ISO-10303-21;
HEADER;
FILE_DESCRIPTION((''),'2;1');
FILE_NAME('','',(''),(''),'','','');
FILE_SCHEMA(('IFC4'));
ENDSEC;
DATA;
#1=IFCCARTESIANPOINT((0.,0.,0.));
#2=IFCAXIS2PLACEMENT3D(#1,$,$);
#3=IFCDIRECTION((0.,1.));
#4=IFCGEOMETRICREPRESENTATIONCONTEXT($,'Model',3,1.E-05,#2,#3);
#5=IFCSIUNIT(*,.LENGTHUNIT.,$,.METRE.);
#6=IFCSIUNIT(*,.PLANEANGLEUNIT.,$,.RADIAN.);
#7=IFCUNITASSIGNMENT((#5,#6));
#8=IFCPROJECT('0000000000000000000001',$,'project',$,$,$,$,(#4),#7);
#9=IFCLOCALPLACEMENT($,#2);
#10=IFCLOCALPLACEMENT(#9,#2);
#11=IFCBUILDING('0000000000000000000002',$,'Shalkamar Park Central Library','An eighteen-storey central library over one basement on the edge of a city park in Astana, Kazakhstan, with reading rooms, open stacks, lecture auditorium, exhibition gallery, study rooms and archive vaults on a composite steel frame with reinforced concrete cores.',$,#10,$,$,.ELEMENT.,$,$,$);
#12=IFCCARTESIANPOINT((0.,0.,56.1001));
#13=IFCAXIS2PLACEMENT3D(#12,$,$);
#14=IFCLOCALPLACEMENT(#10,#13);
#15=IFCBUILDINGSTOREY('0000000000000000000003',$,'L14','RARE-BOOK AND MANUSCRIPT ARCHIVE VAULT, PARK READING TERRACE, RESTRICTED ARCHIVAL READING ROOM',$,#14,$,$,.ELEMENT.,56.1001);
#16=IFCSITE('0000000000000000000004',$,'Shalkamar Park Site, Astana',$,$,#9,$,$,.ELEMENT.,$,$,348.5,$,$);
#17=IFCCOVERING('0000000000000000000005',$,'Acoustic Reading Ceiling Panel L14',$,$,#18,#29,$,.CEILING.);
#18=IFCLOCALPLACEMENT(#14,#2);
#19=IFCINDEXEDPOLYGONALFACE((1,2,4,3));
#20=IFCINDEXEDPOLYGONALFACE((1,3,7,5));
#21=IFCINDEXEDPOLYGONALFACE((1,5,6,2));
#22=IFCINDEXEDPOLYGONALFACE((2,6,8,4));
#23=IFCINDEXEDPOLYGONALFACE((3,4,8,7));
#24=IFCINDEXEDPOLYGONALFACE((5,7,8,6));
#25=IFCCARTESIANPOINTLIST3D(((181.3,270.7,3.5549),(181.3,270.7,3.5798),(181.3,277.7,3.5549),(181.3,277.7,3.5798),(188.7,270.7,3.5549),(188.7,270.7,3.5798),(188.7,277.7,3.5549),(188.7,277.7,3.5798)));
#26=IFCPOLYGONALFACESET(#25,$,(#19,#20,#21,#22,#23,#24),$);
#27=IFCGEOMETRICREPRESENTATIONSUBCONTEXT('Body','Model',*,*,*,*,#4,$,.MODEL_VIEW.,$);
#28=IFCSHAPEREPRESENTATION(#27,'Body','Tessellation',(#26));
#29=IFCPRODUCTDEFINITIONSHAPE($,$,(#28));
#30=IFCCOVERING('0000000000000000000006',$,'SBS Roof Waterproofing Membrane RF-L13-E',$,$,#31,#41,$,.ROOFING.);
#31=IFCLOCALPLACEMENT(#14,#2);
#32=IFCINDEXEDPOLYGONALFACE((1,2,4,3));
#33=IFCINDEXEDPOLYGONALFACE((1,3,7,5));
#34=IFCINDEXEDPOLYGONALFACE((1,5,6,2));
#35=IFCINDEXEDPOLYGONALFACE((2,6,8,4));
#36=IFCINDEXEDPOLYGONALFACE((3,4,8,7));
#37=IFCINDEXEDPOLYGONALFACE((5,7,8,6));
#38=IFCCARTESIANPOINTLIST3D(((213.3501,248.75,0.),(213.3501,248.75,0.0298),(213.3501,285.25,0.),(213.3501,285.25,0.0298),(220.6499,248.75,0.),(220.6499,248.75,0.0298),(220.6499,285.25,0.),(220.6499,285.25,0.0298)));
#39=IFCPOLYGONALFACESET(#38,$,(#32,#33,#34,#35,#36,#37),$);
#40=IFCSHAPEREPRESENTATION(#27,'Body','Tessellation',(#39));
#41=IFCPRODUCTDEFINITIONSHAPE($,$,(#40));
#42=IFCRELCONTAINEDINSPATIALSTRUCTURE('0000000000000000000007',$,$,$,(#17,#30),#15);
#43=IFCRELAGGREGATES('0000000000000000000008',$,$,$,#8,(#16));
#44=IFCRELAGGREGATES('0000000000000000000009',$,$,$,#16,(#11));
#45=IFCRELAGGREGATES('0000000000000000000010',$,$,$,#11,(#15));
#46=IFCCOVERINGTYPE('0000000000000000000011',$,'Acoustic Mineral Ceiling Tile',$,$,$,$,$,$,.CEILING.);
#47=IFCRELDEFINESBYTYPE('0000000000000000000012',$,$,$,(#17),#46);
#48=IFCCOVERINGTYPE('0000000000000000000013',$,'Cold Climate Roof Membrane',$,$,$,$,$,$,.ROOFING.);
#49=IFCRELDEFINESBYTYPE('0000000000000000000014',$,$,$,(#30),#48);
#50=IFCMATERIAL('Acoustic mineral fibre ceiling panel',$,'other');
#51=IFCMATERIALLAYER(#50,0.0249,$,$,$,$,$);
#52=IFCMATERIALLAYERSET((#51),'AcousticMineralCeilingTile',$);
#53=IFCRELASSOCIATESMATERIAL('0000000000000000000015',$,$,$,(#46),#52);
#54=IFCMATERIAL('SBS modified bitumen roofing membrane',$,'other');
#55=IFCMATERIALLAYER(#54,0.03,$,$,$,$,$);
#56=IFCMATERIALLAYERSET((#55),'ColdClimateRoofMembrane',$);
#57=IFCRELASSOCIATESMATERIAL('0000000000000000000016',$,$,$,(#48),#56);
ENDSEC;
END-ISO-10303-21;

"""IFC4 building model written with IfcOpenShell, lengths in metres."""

from ifc_helpers import new_model, si_unit, direction, frame, origin, place, context, subcontext, project, spatial, polyline, outline, extrude, material, layer, layer_set, type_object, element, save


model = new_model("IFC4")

# Units and contexts
model_context = context("Model", 3, precision=1e-05, world=origin(), true_north=direction((0.0, 1.0)))
body_context = subcontext(model_context, "Body", "Model", "MODEL_VIEW")
ifc_project = project(units=[si_unit("LENGTHUNIT", "METRE"), si_unit("PLANEANGLEUNIT", "RADIAN")], contexts=[model_context])

# Site, building, storey
site_placement = place(None, origin())
site = spatial("IfcSite", under=ifc_project, at=site_placement, Name="Shalkamar Park Site, Astana", CompositionType="ELEMENT", RefElevation=348.5)
building_placement = place(site_placement, origin())
building = spatial("IfcBuilding", under=site, at=building_placement, Name="Shalkamar Park Central Library", Description="An eighteen-storey central library over one basement on the edge of a city park in Astana, Kazakhstan, with reading rooms, open stacks, lecture auditorium, exhibition gallery, study rooms and archive vaults on a composite steel frame with reinforced concrete cores.", CompositionType="ELEMENT")
storey_placement = place(building_placement, frame((0.0, 0.0, 56.1001)))
storey = spatial("IfcBuildingStorey", under=building, at=storey_placement, Name="L14", Description="RARE-BOOK AND MANUSCRIPT ARCHIVE VAULT, PARK READING TERRACE, RESTRICTED ARCHIVAL READING ROOM", CompositionType="ELEMENT", Elevation=56.1001)

# Coverings
ifc_material_1 = material(Name="Acoustic mineral fibre ceiling panel", Category="other")
ifc_layer_1 = layer(ifc_material_1, 0.0249)
ifc_layer_set_1 = layer_set([ifc_layer_1], Name="AcousticMineralCeilingTile")
covering_type_1 = type_object("IfcCoveringType", Name="Acoustic Mineral Ceiling Tile", PredefinedType="CEILING", material=ifc_layer_set_1)
covering_1_placement = place(storey_placement, frame((0.0, 0.0, 3.5549)))
element("IfcCovering", 1, at=covering_1_placement, inside=storey, type_object=covering_type_1, Name="Acoustic Reading Ceiling Panel L14", PredefinedType="CEILING", context=body_context, shape_type="SweptSolid", body=[
    extrude(outline(polyline([(181.3, 270.7), (188.7, 270.7), (188.7, 277.7), (181.3, 277.7), (181.3, 270.7)])), origin(), (0.0, 0.0, 1.0), 0.0249),
])
ifc_material_2 = material(Name="SBS modified bitumen roofing membrane", Category="other")
ifc_layer_2 = layer(ifc_material_2, 0.03)
ifc_layer_set_2 = layer_set([ifc_layer_2], Name="ColdClimateRoofMembrane")
covering_type_2 = type_object("IfcCoveringType", Name="Cold Climate Roof Membrane", PredefinedType="ROOFING", material=ifc_layer_set_2)
covering_2_placement = place(storey_placement, origin())
element("IfcCovering", 2, at=covering_2_placement, inside=storey, type_object=covering_type_2, Name="SBS Roof Waterproofing Membrane RF-L13-E", PredefinedType="ROOFING", context=body_context, shape_type="SweptSolid", body=[
    extrude(outline(polyline([(213.3501, 248.75), (220.6499, 248.75), (220.6499, 285.25), (213.3501, 285.25), (213.3501, 248.75)])), origin(), (0.0, 0.0, 1.0), 0.0298),
])

save(model, "model.ifc")
